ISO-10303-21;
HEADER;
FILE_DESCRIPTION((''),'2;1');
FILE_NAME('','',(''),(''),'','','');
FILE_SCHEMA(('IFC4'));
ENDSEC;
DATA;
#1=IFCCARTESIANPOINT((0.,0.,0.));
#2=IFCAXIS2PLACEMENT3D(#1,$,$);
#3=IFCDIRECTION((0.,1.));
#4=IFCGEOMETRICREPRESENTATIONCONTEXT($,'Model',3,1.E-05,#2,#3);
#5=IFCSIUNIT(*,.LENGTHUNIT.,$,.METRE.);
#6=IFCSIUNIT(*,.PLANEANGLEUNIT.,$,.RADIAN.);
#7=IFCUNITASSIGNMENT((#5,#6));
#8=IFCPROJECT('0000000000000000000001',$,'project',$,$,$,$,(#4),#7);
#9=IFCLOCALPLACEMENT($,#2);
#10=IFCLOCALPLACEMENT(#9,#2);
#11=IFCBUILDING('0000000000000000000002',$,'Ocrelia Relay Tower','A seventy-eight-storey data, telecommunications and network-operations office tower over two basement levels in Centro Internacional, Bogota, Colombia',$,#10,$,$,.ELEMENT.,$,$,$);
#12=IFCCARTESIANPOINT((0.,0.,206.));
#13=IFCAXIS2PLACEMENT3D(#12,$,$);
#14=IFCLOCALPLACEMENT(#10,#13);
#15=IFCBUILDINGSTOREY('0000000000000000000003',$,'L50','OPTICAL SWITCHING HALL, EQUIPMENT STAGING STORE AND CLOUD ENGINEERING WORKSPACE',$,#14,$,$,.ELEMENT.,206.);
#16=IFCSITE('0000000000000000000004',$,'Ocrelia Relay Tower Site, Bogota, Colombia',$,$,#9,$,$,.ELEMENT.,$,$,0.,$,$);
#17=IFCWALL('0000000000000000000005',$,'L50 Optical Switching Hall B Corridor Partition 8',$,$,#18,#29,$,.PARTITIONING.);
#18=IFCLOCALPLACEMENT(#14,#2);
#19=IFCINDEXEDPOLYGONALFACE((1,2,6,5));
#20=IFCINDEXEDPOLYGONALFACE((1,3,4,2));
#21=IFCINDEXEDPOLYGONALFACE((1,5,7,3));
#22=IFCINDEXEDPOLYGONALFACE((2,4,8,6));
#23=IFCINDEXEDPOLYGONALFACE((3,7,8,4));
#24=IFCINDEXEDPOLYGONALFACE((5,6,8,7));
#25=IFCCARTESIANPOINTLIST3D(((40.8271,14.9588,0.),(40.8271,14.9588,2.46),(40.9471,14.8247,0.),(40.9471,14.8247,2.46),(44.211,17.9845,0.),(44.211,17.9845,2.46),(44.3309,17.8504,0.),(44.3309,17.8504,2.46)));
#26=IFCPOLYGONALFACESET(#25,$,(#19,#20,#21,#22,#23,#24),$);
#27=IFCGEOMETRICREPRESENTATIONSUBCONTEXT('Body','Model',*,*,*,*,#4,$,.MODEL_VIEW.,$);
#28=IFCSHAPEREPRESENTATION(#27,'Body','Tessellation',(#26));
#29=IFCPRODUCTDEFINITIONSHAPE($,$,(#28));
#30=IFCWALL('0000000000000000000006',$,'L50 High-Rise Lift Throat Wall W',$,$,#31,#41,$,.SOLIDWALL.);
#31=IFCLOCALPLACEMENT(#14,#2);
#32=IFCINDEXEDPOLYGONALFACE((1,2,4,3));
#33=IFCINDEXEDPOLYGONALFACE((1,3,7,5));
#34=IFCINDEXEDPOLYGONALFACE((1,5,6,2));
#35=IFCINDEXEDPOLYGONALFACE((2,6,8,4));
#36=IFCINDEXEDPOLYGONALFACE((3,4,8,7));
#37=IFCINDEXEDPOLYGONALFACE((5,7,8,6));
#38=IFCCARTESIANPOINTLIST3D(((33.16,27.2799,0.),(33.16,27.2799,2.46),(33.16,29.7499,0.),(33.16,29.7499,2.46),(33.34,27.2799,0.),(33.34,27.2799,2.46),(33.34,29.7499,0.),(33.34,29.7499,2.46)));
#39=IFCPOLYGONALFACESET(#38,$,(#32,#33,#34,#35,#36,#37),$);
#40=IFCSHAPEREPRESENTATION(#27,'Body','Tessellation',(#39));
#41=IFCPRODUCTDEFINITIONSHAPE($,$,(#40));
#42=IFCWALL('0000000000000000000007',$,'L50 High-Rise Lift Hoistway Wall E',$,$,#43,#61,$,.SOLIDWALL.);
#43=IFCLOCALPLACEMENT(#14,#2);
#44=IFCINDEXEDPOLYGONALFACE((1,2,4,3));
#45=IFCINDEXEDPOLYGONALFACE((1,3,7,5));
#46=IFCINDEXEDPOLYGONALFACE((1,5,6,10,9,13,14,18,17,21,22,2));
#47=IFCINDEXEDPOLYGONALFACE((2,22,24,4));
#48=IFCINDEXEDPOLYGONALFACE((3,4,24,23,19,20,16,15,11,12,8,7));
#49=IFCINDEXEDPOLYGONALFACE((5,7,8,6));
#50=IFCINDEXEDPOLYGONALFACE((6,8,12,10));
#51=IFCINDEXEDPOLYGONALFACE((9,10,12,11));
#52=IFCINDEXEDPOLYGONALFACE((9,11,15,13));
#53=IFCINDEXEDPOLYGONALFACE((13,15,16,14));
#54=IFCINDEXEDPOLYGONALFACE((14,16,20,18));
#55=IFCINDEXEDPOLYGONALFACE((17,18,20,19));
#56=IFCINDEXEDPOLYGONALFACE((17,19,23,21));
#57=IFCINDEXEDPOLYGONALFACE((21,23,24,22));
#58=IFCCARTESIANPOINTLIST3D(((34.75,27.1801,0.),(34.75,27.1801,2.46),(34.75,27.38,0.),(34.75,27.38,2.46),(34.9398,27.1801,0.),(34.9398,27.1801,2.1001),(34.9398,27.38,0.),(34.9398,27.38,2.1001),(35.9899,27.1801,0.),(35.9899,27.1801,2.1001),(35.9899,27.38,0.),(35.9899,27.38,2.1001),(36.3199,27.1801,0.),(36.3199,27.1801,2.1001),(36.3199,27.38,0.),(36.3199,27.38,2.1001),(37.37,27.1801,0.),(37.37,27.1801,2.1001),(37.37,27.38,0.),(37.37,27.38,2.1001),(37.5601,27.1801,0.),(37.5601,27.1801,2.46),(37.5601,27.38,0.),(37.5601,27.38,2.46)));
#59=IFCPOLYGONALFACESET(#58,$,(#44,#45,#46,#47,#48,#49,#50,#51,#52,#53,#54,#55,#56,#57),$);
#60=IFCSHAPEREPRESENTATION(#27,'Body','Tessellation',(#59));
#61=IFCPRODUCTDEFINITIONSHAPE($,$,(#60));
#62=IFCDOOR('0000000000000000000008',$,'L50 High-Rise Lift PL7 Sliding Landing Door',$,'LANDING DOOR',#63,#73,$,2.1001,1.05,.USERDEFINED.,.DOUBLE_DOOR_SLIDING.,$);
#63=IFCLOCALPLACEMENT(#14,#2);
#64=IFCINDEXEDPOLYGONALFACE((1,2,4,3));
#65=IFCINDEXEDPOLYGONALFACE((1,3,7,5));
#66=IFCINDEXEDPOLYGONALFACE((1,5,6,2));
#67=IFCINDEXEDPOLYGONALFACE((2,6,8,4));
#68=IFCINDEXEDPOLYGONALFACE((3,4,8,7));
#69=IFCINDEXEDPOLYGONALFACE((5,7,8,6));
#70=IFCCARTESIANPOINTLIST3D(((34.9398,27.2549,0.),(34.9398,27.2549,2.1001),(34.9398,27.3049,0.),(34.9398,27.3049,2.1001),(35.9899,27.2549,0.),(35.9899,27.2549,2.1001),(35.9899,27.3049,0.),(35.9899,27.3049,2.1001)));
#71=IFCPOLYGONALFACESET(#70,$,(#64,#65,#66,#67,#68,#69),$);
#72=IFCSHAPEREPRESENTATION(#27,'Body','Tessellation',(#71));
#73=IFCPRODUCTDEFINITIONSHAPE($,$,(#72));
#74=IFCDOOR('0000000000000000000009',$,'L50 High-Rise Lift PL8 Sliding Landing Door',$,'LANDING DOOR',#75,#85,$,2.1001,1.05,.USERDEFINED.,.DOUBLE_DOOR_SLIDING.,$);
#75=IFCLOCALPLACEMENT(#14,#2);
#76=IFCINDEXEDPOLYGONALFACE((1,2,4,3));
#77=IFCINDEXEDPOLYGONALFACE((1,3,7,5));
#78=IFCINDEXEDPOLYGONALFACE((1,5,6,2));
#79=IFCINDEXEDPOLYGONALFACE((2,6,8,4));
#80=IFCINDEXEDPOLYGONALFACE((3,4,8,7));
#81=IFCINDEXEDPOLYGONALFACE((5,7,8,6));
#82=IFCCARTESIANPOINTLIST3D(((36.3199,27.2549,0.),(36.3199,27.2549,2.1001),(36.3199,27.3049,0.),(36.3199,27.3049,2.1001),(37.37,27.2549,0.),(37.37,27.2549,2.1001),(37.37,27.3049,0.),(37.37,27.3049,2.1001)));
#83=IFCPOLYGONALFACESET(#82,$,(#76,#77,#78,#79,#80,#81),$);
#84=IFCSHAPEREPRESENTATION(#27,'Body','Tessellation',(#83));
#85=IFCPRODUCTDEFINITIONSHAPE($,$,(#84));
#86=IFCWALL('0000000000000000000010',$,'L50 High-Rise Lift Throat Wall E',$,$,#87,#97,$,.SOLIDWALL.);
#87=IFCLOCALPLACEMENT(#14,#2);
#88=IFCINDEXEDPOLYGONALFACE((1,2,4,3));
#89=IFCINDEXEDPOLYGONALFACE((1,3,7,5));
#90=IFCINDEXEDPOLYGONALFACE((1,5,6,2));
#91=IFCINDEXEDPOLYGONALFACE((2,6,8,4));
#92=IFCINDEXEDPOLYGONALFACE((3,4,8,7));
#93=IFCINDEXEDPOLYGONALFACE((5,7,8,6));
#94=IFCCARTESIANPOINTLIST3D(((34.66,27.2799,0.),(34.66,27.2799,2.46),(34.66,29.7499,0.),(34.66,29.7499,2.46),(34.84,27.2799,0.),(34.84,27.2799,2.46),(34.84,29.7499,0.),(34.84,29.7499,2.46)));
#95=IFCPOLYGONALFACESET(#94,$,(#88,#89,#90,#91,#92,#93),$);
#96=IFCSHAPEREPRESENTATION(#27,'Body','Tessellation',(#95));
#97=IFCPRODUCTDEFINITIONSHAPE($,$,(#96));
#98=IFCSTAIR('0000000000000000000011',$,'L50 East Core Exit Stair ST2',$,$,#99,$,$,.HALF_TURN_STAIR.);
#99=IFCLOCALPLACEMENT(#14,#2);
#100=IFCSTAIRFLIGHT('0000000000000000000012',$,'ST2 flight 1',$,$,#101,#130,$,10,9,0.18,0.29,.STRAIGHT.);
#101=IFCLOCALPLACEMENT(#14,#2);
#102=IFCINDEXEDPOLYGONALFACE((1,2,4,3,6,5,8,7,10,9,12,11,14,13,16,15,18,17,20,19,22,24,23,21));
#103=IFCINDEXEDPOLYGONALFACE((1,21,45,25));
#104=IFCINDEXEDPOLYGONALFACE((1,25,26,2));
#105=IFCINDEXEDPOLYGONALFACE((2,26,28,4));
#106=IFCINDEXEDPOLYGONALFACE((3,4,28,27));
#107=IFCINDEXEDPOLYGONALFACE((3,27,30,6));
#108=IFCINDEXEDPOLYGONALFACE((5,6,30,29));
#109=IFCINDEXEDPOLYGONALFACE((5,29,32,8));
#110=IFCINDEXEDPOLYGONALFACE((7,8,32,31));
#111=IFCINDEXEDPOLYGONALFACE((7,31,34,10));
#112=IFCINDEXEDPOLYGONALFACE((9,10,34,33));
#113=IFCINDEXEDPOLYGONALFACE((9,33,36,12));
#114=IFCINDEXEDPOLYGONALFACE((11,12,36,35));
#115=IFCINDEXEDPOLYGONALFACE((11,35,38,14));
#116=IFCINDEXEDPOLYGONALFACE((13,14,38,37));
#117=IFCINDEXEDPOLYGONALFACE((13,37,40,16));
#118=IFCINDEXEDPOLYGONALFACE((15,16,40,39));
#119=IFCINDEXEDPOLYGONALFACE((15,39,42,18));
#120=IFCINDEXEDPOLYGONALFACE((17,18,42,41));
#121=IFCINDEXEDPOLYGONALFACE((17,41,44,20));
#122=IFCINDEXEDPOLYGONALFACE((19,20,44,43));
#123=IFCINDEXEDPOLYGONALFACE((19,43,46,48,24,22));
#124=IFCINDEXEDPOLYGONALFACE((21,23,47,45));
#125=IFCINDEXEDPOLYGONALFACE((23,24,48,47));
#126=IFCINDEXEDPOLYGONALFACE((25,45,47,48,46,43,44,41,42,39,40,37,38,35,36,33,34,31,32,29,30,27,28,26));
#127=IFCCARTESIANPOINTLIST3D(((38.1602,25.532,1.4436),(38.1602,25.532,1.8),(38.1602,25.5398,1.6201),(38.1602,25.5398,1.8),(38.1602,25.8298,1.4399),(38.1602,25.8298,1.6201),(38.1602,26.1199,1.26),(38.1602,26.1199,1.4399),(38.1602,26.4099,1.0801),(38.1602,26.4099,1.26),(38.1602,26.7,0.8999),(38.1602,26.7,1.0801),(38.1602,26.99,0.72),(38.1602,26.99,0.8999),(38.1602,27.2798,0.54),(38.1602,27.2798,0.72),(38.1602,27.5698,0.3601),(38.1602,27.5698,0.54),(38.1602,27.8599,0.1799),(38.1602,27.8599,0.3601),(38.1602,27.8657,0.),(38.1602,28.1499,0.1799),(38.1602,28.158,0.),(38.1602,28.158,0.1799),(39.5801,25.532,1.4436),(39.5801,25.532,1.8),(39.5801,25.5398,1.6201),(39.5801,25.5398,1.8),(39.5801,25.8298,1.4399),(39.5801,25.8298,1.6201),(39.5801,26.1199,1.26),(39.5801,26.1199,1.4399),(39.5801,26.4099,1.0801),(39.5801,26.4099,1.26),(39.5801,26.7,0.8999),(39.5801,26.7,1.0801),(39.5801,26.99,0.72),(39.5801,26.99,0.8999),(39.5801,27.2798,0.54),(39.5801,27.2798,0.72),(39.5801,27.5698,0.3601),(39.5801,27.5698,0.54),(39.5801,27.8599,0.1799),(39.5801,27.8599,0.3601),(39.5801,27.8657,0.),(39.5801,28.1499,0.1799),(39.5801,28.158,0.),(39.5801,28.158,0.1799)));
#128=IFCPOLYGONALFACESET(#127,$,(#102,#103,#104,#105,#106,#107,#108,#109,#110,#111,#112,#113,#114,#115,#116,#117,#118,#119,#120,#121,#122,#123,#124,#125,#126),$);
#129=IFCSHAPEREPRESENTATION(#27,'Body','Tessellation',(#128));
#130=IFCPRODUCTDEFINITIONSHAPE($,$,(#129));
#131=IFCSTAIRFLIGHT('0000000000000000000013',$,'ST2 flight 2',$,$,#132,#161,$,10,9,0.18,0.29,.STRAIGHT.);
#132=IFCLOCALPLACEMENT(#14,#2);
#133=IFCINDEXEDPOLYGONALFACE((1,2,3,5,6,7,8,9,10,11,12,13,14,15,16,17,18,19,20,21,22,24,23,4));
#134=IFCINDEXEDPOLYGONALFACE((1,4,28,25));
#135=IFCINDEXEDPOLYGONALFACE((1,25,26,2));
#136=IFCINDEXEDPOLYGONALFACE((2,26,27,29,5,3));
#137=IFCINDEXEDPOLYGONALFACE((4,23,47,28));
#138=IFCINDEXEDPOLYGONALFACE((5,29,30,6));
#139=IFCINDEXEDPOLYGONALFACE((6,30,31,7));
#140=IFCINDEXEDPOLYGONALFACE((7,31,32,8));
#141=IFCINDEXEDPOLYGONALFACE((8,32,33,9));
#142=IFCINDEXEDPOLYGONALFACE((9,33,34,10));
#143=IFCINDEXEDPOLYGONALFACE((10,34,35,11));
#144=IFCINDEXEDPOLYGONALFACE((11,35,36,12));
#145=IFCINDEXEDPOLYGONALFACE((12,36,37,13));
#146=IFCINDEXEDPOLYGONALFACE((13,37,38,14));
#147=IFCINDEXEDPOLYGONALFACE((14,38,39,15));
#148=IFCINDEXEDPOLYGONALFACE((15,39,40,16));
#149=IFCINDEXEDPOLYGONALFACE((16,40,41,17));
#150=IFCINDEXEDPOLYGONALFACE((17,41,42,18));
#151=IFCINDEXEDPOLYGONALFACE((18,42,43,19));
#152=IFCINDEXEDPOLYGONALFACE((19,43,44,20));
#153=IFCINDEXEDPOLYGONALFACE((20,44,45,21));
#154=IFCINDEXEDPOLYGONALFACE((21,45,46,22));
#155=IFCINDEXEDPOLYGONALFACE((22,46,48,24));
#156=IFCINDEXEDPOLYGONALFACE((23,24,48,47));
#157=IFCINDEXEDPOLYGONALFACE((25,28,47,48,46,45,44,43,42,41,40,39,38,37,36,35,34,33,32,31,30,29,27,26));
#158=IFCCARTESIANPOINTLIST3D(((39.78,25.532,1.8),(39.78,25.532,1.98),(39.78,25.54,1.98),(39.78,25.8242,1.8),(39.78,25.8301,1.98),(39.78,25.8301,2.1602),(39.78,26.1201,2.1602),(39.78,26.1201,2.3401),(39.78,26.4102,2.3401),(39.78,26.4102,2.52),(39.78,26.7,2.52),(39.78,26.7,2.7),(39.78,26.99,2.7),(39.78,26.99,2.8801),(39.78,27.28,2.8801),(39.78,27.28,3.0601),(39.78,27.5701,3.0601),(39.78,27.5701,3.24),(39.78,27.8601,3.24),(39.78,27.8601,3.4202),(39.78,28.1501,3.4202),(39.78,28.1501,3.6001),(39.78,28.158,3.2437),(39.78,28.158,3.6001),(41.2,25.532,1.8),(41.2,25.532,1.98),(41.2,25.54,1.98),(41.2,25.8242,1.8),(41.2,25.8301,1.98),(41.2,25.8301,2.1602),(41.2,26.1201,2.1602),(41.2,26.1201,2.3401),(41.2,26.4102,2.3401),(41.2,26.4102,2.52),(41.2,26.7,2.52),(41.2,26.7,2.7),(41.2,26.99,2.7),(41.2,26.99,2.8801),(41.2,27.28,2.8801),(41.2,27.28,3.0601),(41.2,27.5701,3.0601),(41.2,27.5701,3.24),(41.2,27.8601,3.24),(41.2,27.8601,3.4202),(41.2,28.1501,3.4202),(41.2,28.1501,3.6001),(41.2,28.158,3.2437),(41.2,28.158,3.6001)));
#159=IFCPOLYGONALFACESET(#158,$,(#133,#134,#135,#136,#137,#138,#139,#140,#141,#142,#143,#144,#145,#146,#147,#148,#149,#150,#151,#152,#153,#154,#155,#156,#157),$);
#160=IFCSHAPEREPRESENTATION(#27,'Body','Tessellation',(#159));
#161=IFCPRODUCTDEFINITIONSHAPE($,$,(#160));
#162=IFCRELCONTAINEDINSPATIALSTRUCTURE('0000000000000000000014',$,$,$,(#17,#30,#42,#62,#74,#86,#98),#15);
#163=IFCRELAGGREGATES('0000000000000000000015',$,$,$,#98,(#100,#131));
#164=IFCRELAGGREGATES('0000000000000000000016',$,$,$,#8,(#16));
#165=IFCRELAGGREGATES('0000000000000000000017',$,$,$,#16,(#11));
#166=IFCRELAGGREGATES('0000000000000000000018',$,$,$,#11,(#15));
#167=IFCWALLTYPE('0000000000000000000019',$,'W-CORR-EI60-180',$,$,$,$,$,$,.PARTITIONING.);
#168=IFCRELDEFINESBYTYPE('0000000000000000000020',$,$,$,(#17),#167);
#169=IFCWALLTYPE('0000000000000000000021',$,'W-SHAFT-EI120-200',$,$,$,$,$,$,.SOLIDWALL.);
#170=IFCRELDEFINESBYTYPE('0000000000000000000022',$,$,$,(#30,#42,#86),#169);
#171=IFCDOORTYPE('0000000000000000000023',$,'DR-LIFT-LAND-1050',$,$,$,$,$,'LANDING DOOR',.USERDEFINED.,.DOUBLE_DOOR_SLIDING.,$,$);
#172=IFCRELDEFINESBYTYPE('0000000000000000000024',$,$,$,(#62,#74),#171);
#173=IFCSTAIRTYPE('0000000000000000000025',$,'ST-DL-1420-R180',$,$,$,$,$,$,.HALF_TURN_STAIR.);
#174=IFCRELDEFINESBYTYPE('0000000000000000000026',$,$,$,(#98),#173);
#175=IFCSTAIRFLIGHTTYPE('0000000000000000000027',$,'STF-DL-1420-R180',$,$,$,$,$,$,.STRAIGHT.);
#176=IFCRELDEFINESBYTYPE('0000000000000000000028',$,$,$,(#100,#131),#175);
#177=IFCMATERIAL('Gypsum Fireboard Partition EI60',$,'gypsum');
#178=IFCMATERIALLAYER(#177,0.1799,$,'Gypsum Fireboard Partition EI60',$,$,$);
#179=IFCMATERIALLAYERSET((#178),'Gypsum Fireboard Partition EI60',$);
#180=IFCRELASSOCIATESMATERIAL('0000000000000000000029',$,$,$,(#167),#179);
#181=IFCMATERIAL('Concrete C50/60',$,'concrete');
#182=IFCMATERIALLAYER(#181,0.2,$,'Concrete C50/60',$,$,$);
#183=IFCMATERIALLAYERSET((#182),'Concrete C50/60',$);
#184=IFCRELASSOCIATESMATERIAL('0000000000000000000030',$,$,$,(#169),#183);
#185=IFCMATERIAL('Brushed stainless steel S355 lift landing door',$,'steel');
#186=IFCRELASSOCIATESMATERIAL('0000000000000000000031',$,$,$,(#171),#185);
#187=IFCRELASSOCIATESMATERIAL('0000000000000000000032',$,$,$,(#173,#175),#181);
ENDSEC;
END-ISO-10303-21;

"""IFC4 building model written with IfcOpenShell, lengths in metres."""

from ifc_helpers import new_model, si_unit, direction, frame, frame_2d, origin, place, context, subcontext, project, spatial, polyline, rectangle, outline, extrude, material, layer, layer_set, type_object, element, fill, aggregate, save


model = new_model("IFC4")

# Units and contexts
model_context = context("Model", 3, precision=1e-05, world=origin(), true_north=direction((0.0, 1.0)))
body_context = subcontext(model_context, "Body", "Model", "MODEL_VIEW")
ifc_project = project(units=[si_unit("LENGTHUNIT", "METRE"), si_unit("PLANEANGLEUNIT", "RADIAN")], contexts=[model_context])

# Site, building, storey
site_placement = place(None, origin())
site = spatial("IfcSite", under=ifc_project, at=site_placement, Name="Ocrelia Relay Tower Site, Bogota, Colombia", CompositionType="ELEMENT", RefElevation=0.0)
building_placement = place(site_placement, origin())
building = spatial("IfcBuilding", under=site, at=building_placement, Name="Ocrelia Relay Tower", Description="A seventy-eight-storey data, telecommunications and network-operations office tower over two basement levels in Centro Internacional, Bogota, Colombia", CompositionType="ELEMENT")
storey_placement = place(building_placement, frame((0.0, 0.0, 206.0)))
storey = spatial("IfcBuildingStorey", under=building, at=storey_placement, Name="L50", Description="OPTICAL SWITCHING HALL, EQUIPMENT STAGING STORE AND CLOUD ENGINEERING WORKSPACE", CompositionType="ELEMENT", Elevation=206.0)

# Walls
ifc_material_1 = material(Name="Gypsum Fireboard Partition EI60", Category="gypsum")
ifc_layer_1 = layer(ifc_material_1, 0.1799, Name="Gypsum Fireboard Partition EI60")
ifc_layer_set_1 = layer_set([ifc_layer_1], Name="Gypsum Fireboard Partition EI60")
wall_type_1 = type_object("IfcWallType", Name="W-CORR-EI60-180", PredefinedType="PARTITIONING", material=ifc_layer_set_1)
wall_1_placement = place(storey_placement, frame((40.8872, 14.8918, 0.0), z_axis=(0.0, 0.0, 1.0), x_axis=(0.745456, 0.666554, 0.0)))
element("IfcWall", 1, at=wall_1_placement, inside=storey, type_object=wall_type_1, Name="L50 Optical Switching Hall B Corridor Partition 8", PredefinedType="PARTITIONING", context=body_context, shape_type="SweptSolid", body=[
    extrude(rectangle(XDim=4.5393, YDim=0.1799, at=frame_2d((2.2695, 0.0))), origin(), (0.0, 0.0, 1.0), 2.46),
])
ifc_material_2 = material(Name="Concrete C50/60", Category="concrete")
ifc_layer_2 = layer(ifc_material_2, 0.2, Name="Concrete C50/60")
ifc_layer_set_2 = layer_set([ifc_layer_2], Name="Concrete C50/60")
wall_type_2 = type_object("IfcWallType", Name="W-SHAFT-EI120-200", PredefinedType="SOLIDWALL", material=ifc_layer_set_2)
wall_2_placement = place(storey_placement, frame((33.25, 27.28, 0.0), z_axis=(0.0, 0.0, 1.0), x_axis=(0.0, 1.0, 0.0)))
element("IfcWall", 2, at=wall_2_placement, inside=storey, type_object=wall_type_2, Name="L50 High-Rise Lift Throat Wall W", PredefinedType="SOLIDWALL", context=body_context, shape_type="SweptSolid", body=[
    extrude(rectangle(XDim=2.47, YDim=0.1799, at=frame_2d((1.2349, 0.0))), origin(), (0.0, 0.0, 1.0), 2.46),
])

# Wall, openings, doors
wall_3_placement = place(storey_placement, frame((34.75, 27.28, 0.0), z_axis=(0.0, 0.0, 1.0), x_axis=(1.0, 0.0, 0.0)))
wall_3 = element("IfcWall", 3, at=wall_3_placement, inside=storey, type_object=wall_type_2, Name="L50 High-Rise Lift Hoistway Wall E", PredefinedType="SOLIDWALL", context=body_context, shape_type="SweptSolid", body=[
    extrude(rectangle(XDim=2.8101, YDim=0.2, at=frame_2d((1.405, 0.0))), origin(), (0.0, 0.0, 1.0), 2.46),
])
opening_1_placement = place(wall_3_placement, frame((0.1899, 0.0, 0.0)))
opening_1 = element("IfcOpeningElement", 4, at=opening_1_placement, cuts=wall_3, PredefinedType="OPENING", context=body_context, shape_type="SweptSolid", body=[
    extrude(rectangle(XDim=1.05, YDim=2.1001, at=frame_2d((0.5249, 1.05))), frame((0.0, 0.1099, 0.0), z_axis=(0.0, -1.0, 0.0), x_axis=(1.0, 0.0, 0.0)), (0.0, 0.0, 1.0), 0.22),
])
opening_2_placement = place(wall_3_placement, frame((1.5701, 0.0, 0.0)))
opening_2 = element("IfcOpeningElement", 5, at=opening_2_placement, cuts=wall_3, PredefinedType="OPENING", context=body_context, shape_type="SweptSolid", body=[
    extrude(rectangle(XDim=1.05, YDim=2.1001, at=frame_2d((0.5249, 1.05))), frame((0.0, 0.1099, 0.0), z_axis=(0.0, -1.0, 0.0), x_axis=(1.0, 0.0, 0.0)), (0.0, 0.0, 1.0), 0.22),
])
ifc_material_3 = material(Name="Brushed stainless steel S355 lift landing door", Category="steel")
door_type = type_object("IfcDoorType", Name="DR-LIFT-LAND-1050", ElementType="LANDING DOOR", OperationType="DOUBLE_DOOR_SLIDING", PredefinedType="USERDEFINED", material=ifc_material_3)
door_1_placement = place(opening_1_placement, origin())
door_1 = element("IfcDoor", 6, at=door_1_placement, inside=storey, type_object=door_type, Name="L50 High-Rise Lift PL7 Sliding Landing Door", ObjectType="LANDING DOOR", OperationType="DOUBLE_DOOR_SLIDING", OverallHeight=2.1001, OverallWidth=1.05, PredefinedType="USERDEFINED", context=body_context, shape_type="SweptSolid", body=[
    extrude(rectangle(XDim=1.05, YDim=2.1001, at=frame_2d((0.5249, 1.05))), frame((0.0, 0.0249, 0.0), z_axis=(0.0, -1.0, 0.0), x_axis=(1.0, 0.0, 0.0)), (0.0, 0.0, 1.0), 0.05),
])
fill(opening_1, door_1)
door_2_placement = place(opening_2_placement, origin())
door_2 = element("IfcDoor", 7, at=door_2_placement, inside=storey, type_object=door_type, Name="L50 High-Rise Lift PL8 Sliding Landing Door", ObjectType="LANDING DOOR", OperationType="DOUBLE_DOOR_SLIDING", OverallHeight=2.1001, OverallWidth=1.05, PredefinedType="USERDEFINED", context=body_context, shape_type="SweptSolid", body=[
    extrude(rectangle(XDim=1.05, YDim=2.1001, at=frame_2d((0.5249, 1.05))), frame((0.0, 0.0249, 0.0), z_axis=(0.0, -1.0, 0.0), x_axis=(1.0, 0.0, 0.0)), (0.0, 0.0, 1.0), 0.05),
])
fill(opening_2, door_2)

# Wall
wall_4_placement = place(storey_placement, frame((34.75, 27.28, 0.0), z_axis=(0.0, 0.0, 1.0), x_axis=(0.0, 1.0, 0.0)))
element("IfcWall", 8, at=wall_4_placement, inside=storey, type_object=wall_type_2, Name="L50 High-Rise Lift Throat Wall E", PredefinedType="SOLIDWALL", context=body_context, shape_type="SweptSolid", body=[
    extrude(rectangle(XDim=2.47, YDim=0.1799, at=frame_2d((1.2349, 0.0))), origin(), (0.0, 0.0, 1.0), 2.46),
])

# Stair, stair flights
stair_type = type_object("IfcStairType", Name="ST-DL-1420-R180", PredefinedType="HALF_TURN_STAIR", material=ifc_material_2)
stair_placement = place(storey_placement, origin())
stair = element("IfcStair", 9, at=stair_placement, inside=storey, type_object=stair_type, Name="L50 East Core Exit Stair ST2", PredefinedType="HALF_TURN_STAIR")
stair_flight_type = type_object("IfcStairFlightType", Name="STF-DL-1420-R180", PredefinedType="STRAIGHT", material=ifc_material_2)
stair_flight_1_placement = place(storey_placement, frame((38.8701, 28.1499, 0.0), z_axis=(0.0, 0.0, 1.0), x_axis=(0.0, -1.0, 0.0)))
stair_flight_1 = element("IfcStairFlight", 10, at=stair_flight_1_placement, type_object=stair_flight_type, Name="ST2 flight 1", NumberOfRisers=10, NumberOfTreads=9, PredefinedType="STRAIGHT", RiserHeight=0.18, TreadLength=0.29, context=body_context, shape_type="SweptSolid", body=[
    extrude(outline(polyline([(-0.0081, 0.0), (-0.0081, 0.1799), (0.0, 0.1799), (0.29, 0.1799), (0.29, 0.3601), (0.5801, 0.3601), (0.5801, 0.54), (0.8701, 0.54), (0.8701, 0.72), (1.1599, 0.72), (1.1599, 0.8999), (1.45, 0.8999), (1.45, 1.0801), (1.74, 1.0801), (1.74, 1.26), (2.03, 1.26), (2.03, 1.4399), (2.3201, 1.4399), (2.3201, 1.6201), (2.6101, 1.6201), (2.6101, 1.8), (2.6179, 1.8), (2.6179, 1.4436), (0.2842, 0.0), (-0.0081, 0.0)])), frame((0.0, 0.71, 0.0), z_axis=(0.0, -1.0, 0.0), x_axis=(1.0, 0.0, 0.0)), (0.0, 0.0, 1.0), 1.4199),
])
stair_flight_2_placement = place(storey_placement, frame((40.49, 25.54, 1.8), z_axis=(0.0, 0.0, 1.0), x_axis=(0.0, 1.0, 0.0)))
stair_flight_2 = element("IfcStairFlight", 11, at=stair_flight_2_placement, type_object=stair_flight_type, Name="ST2 flight 2", NumberOfRisers=10, NumberOfTreads=9, PredefinedType="STRAIGHT", RiserHeight=0.18, TreadLength=0.29, context=body_context, shape_type="SweptSolid", body=[
    extrude(outline(polyline([(-0.0081, 0.0), (-0.0081, 0.1799), (0.0, 0.1799), (0.29, 0.1799), (0.29, 0.3601), (0.5801, 0.3601), (0.5801, 0.54), (0.8701, 0.54), (0.8701, 0.72), (1.1599, 0.72), (1.1599, 0.8999), (1.45, 0.8999), (1.45, 1.0801), (1.74, 1.0801), (1.74, 1.26), (2.03, 1.26), (2.03, 1.4399), (2.3201, 1.4399), (2.3201, 1.6201), (2.6101, 1.6201), (2.6101, 1.8), (2.6179, 1.8), (2.6179, 1.4436), (0.2842, 0.0), (-0.0081, 0.0)])), frame((0.0, 0.71, 0.0), z_axis=(0.0, -1.0, 0.0), x_axis=(1.0, 0.0, 0.0)), (0.0, 0.0, 1.0), 1.4199),
])
aggregate(stair, [stair_flight_1, stair_flight_2])

save(model, "model.ifc")
